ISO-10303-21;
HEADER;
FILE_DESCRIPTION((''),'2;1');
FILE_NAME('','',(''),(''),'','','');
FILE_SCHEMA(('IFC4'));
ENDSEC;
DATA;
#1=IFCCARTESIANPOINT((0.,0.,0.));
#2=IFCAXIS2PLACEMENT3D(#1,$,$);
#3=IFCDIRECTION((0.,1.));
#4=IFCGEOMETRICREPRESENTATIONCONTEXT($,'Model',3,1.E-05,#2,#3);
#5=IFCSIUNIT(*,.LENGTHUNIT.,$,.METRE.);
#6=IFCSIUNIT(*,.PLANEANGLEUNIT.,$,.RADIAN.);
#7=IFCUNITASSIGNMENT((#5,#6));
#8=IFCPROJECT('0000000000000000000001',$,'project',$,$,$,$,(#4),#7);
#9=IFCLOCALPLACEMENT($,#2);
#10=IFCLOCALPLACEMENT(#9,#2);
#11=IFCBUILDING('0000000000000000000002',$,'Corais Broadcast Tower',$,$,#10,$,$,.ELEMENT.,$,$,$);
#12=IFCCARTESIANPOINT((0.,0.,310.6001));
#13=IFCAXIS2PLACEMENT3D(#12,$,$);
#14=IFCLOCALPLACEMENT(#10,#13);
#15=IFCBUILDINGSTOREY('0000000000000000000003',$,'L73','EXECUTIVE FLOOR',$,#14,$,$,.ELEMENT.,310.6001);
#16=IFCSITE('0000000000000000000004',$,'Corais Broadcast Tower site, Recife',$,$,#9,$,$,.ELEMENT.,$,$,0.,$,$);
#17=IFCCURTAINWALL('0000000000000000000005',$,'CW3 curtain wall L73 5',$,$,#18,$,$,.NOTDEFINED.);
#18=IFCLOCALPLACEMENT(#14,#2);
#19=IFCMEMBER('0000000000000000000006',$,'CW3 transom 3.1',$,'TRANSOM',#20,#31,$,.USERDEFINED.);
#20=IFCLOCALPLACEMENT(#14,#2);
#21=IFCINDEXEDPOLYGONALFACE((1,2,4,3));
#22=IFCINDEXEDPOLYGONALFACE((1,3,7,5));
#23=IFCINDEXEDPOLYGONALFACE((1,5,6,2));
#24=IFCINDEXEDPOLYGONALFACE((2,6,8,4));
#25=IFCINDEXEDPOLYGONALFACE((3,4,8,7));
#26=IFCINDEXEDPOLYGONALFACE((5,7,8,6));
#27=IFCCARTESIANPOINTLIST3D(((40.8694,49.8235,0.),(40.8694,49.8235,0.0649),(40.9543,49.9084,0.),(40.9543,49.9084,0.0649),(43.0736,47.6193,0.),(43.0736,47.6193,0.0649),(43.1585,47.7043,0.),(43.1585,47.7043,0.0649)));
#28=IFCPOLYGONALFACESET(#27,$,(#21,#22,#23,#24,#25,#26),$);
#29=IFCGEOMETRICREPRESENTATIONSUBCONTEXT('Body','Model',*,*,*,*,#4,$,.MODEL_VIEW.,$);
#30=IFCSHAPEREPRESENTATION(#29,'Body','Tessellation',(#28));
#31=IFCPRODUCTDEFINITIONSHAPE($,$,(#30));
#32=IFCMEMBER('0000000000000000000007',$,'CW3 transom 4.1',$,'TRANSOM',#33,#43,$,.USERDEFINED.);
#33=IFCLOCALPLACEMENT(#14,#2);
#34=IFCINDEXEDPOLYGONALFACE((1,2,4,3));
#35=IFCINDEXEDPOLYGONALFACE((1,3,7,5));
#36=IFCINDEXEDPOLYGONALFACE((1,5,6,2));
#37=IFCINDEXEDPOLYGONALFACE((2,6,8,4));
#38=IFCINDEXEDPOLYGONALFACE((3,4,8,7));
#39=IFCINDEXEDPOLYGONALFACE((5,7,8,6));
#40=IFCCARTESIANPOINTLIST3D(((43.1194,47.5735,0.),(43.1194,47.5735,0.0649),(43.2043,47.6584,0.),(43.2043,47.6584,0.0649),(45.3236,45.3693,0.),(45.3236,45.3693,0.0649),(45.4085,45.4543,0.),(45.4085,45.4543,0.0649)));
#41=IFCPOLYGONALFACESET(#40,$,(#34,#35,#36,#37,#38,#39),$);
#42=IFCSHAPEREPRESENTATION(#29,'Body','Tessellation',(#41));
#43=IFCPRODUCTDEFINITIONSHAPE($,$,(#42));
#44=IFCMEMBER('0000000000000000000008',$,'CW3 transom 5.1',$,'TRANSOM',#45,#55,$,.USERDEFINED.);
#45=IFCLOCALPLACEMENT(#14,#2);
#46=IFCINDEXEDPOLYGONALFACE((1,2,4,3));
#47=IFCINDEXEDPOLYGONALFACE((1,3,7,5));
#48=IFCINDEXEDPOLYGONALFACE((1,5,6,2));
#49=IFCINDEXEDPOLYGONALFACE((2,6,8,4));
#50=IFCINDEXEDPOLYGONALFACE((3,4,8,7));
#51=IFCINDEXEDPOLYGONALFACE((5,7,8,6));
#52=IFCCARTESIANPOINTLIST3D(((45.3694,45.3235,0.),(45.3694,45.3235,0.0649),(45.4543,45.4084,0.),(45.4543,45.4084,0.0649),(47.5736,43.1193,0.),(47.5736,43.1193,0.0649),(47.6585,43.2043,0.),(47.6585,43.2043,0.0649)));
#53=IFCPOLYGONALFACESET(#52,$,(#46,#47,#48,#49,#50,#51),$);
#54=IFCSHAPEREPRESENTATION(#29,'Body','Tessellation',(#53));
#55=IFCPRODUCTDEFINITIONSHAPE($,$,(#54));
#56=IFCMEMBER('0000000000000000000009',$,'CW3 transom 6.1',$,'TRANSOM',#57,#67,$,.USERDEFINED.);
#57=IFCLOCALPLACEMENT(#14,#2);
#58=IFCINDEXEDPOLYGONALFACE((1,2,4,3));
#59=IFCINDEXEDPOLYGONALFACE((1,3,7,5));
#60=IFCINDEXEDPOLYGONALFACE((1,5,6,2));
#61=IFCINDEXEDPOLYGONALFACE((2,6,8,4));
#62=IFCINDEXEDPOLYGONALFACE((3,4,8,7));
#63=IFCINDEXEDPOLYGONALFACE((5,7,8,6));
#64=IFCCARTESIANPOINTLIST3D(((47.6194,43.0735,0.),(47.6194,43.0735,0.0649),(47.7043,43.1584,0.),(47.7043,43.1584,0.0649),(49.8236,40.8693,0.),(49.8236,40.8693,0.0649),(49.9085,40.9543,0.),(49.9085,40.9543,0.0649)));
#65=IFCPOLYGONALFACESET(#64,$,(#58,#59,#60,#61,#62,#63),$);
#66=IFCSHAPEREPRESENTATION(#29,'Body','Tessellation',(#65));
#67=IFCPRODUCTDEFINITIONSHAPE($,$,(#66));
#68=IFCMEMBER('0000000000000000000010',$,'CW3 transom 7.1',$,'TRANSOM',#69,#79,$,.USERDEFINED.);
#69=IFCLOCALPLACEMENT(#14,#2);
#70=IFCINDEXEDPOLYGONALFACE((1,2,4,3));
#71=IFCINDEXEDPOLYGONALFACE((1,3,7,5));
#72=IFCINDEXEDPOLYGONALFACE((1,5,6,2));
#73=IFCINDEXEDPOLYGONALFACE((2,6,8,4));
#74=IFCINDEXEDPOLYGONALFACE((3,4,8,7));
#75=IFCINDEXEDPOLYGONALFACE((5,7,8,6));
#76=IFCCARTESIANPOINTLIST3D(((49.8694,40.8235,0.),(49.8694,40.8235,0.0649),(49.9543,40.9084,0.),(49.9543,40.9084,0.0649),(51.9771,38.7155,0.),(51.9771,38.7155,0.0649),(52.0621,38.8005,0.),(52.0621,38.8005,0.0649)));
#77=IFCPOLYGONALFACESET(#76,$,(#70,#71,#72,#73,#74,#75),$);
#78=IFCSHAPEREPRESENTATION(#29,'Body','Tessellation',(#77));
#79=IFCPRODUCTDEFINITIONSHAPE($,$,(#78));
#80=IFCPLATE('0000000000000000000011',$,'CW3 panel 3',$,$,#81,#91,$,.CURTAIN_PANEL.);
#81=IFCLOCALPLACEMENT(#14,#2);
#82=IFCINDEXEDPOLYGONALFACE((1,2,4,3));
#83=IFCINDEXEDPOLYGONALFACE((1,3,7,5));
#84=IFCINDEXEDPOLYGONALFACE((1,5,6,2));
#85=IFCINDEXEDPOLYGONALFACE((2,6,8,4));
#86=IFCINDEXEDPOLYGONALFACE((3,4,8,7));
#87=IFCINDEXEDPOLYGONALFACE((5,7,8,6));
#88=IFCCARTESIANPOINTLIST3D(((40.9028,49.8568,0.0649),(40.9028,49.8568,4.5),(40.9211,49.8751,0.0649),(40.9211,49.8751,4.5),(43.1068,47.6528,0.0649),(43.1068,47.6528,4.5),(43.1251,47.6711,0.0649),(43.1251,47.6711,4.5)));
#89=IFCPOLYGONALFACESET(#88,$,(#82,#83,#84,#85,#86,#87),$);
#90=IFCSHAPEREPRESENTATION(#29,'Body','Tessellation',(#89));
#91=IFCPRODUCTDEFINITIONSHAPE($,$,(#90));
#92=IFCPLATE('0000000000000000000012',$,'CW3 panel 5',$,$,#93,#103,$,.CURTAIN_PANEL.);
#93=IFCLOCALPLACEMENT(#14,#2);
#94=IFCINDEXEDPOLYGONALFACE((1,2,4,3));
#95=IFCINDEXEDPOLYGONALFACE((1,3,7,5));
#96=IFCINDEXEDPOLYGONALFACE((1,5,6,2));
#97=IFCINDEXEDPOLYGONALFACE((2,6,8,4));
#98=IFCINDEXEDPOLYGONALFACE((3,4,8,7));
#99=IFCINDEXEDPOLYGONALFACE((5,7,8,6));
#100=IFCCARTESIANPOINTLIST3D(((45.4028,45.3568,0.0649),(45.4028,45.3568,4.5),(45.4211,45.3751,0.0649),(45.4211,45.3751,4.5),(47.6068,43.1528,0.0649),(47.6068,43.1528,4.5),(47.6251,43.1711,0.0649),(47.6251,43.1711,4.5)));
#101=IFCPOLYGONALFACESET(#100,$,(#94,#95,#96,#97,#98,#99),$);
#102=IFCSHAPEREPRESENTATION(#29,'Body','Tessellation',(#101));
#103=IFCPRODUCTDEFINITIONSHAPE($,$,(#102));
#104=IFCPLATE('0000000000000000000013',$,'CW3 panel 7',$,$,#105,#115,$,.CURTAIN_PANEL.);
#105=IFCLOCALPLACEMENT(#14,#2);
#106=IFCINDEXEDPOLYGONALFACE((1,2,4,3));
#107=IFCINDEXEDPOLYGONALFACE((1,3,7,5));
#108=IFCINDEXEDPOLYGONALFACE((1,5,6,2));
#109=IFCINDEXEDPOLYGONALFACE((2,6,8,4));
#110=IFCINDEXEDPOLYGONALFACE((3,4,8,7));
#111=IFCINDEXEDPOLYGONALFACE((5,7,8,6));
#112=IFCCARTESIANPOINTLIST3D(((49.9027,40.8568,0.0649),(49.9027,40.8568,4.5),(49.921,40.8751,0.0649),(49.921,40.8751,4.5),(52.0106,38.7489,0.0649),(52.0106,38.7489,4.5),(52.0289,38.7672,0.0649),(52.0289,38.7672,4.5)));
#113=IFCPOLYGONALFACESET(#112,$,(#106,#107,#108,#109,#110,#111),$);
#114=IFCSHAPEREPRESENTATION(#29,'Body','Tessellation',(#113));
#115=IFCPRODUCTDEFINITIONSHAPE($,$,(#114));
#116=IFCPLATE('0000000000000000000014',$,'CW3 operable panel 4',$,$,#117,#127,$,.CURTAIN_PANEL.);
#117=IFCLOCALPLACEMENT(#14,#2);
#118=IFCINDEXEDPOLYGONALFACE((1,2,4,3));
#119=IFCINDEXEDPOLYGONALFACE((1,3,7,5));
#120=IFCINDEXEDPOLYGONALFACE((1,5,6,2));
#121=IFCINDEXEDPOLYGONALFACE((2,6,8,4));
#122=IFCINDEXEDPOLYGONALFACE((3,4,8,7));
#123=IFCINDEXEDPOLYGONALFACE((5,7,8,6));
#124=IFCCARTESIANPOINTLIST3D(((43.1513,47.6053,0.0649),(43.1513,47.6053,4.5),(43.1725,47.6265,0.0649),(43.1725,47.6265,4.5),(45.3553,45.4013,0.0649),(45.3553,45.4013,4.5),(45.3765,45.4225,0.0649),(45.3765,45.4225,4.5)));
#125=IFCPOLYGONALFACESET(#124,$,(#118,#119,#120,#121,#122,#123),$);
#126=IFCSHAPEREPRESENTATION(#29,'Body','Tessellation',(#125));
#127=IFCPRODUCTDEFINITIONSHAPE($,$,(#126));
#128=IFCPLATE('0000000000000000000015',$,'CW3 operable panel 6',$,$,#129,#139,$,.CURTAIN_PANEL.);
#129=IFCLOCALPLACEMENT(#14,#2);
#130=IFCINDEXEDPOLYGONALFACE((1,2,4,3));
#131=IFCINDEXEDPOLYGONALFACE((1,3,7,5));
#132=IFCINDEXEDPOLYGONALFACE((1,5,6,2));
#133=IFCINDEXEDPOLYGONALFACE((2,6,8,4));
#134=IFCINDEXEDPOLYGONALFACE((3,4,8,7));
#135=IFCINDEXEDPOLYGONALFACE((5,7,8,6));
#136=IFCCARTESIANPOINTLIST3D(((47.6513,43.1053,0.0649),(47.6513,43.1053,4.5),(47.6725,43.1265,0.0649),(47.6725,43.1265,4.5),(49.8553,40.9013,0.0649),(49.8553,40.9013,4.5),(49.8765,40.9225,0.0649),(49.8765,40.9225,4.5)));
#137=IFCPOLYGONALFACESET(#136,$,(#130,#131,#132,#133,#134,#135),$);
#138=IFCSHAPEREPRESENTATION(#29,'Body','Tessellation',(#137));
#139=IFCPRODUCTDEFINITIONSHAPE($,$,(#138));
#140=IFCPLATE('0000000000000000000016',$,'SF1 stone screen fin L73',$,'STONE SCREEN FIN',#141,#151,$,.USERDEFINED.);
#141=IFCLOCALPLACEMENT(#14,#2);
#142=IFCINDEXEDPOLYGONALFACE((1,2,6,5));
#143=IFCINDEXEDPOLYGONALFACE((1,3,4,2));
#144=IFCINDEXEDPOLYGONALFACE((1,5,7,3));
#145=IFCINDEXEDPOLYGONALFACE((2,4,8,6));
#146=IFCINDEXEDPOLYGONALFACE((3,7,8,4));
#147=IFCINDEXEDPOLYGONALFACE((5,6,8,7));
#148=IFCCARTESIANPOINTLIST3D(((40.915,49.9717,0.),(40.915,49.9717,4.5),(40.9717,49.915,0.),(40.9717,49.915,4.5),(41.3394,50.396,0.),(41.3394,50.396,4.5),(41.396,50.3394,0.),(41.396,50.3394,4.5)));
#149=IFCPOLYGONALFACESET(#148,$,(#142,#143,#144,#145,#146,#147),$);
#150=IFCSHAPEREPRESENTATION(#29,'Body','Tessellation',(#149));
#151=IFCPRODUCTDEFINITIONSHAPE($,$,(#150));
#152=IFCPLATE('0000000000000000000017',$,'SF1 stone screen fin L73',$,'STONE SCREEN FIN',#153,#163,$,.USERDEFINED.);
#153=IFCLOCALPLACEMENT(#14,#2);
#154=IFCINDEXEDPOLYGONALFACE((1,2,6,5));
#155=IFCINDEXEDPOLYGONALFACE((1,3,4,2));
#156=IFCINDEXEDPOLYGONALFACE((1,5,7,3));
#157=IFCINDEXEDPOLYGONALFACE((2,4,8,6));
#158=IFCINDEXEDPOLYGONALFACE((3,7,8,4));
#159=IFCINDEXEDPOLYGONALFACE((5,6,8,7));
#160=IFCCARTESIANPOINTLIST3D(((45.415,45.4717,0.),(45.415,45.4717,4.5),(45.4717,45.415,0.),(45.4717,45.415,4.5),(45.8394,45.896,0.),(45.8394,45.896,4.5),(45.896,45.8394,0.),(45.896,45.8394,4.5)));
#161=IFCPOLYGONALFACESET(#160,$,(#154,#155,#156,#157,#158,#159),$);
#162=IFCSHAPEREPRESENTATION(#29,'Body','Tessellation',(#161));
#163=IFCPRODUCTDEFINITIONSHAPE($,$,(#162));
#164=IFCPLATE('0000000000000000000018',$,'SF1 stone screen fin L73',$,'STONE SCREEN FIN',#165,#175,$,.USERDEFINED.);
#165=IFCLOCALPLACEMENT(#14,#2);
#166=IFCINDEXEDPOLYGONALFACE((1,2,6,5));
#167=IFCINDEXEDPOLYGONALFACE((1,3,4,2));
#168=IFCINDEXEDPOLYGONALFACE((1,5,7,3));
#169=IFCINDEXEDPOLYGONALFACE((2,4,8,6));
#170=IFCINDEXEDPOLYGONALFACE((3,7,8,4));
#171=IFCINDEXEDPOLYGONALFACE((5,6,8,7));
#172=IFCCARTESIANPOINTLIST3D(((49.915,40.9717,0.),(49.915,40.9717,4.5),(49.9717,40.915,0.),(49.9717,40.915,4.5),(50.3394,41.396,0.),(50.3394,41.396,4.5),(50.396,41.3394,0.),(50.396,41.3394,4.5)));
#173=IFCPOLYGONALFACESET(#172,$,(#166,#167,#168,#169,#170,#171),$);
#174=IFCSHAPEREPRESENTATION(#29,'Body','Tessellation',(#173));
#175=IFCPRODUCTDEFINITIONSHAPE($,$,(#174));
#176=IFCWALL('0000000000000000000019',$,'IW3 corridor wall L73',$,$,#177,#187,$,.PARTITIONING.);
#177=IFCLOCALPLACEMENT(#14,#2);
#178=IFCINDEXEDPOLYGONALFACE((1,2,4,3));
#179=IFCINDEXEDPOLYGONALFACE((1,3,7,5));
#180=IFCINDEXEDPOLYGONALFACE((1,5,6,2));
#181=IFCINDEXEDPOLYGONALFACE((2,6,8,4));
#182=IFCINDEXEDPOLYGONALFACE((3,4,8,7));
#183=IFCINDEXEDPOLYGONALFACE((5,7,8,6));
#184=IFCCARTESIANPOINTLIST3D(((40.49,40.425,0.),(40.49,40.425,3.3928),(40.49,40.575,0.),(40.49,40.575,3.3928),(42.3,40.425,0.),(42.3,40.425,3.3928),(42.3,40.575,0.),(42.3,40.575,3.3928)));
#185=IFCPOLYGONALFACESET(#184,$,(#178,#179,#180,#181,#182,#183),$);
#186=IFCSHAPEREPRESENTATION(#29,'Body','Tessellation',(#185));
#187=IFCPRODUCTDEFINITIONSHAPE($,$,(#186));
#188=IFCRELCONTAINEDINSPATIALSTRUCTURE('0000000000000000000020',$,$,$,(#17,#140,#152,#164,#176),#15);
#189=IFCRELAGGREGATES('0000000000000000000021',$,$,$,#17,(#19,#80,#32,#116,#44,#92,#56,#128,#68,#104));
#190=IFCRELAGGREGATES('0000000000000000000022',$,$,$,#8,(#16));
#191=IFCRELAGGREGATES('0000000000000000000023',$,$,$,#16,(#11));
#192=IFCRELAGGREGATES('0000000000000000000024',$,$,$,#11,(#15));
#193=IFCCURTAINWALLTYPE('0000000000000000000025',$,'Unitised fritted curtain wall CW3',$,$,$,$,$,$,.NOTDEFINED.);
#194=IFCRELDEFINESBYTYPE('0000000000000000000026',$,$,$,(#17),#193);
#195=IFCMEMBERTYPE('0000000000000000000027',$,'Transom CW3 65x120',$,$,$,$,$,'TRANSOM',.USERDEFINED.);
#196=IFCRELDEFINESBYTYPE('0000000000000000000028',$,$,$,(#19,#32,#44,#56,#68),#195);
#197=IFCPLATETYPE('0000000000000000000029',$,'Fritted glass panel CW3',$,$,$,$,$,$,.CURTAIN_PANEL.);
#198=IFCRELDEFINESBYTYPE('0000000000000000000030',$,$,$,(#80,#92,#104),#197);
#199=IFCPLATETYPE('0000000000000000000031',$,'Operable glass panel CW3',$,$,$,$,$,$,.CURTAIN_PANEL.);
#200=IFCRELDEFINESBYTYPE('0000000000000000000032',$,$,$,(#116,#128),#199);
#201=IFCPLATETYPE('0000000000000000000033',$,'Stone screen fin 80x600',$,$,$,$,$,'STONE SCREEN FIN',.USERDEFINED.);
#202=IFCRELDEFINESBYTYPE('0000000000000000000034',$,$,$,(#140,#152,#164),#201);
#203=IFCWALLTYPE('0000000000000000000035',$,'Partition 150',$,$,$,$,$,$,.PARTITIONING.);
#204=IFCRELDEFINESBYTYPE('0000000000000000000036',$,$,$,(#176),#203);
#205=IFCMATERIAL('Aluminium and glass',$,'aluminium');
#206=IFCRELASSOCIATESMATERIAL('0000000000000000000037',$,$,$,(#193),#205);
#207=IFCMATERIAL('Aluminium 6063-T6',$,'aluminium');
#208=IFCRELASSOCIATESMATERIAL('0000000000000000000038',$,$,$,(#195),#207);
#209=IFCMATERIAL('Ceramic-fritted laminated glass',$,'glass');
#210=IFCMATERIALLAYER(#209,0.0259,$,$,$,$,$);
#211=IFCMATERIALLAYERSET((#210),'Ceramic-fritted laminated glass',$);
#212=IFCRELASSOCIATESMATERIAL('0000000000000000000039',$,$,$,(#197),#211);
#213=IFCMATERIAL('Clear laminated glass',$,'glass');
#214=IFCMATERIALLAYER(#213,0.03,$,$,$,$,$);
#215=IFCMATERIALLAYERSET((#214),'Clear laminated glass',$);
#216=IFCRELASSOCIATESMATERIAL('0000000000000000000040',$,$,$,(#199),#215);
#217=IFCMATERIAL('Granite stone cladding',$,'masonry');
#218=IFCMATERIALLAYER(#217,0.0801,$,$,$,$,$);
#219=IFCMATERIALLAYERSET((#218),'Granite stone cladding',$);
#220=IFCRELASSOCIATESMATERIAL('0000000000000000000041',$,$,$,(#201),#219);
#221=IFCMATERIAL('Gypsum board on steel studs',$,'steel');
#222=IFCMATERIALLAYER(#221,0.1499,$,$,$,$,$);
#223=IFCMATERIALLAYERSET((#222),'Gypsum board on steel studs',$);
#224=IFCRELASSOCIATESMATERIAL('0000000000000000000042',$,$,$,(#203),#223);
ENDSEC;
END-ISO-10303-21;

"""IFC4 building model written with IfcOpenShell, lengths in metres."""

from ifc_helpers import new_model, si_unit, direction, frame, frame_2d, origin, origin_2d, place, context, subcontext, project, spatial, rectangle, extrude, material, layer, layer_set, material_profile, profile_set, type_object, element, aggregate, save


model = new_model("IFC4")

# Units and contexts
model_context = context("Model", 3, precision=1e-05, world=origin(), true_north=direction((0.0, 1.0)))
body_context = subcontext(model_context, "Body", "Model", "MODEL_VIEW")
ifc_project = project(units=[si_unit("LENGTHUNIT", "METRE"), si_unit("PLANEANGLEUNIT", "RADIAN")], contexts=[model_context])

# Site, building, storey
site_placement = place(None, origin())
site = spatial("IfcSite", under=ifc_project, at=site_placement, Name="Corais Broadcast Tower site, Recife", CompositionType="ELEMENT", RefElevation=0.0)
building_placement = place(site_placement, origin())
building = spatial("IfcBuilding", under=site, at=building_placement, Name="Corais Broadcast Tower", CompositionType="ELEMENT")
storey_placement = place(building_placement, frame((0.0, 0.0, 310.6001)))
storey = spatial("IfcBuildingStorey", under=building, at=storey_placement, Name="L73", Description="EXECUTIVE FLOOR", CompositionType="ELEMENT", Elevation=310.6001)

# Curtain wall
ifc_material_1 = material(Name="Aluminium and glass", Category="aluminium")
curtain_wall_type = type_object("IfcCurtainWallType", Name="Unitised fritted curtain wall CW3", PredefinedType="NOTDEFINED", material=ifc_material_1)
curtain_wall_placement = place(storey_placement, origin())
curtain_wall = element("IfcCurtainWall", 1, at=curtain_wall_placement, inside=storey, type_object=curtain_wall_type, Name="CW3 curtain wall L73 5", PredefinedType="NOTDEFINED")

# Members
ifc_material_2 = material(Name="Aluminium 6063-T6", Category="aluminium")
ifc_material_profile_1 = material_profile(ifc_material_2, rectangle(XDim=0.1201, YDim=0.0649, at=origin_2d()), Name="Transom CW3 65x120")
ifc_profile_set_1 = profile_set([ifc_material_profile_1], Name="Aluminium 6063-T6")
member_type_1 = type_object("IfcMemberType", Name="Transom CW3 65x120", ElementType="TRANSOM", PredefinedType="USERDEFINED", material=ifc_profile_set_1)
member_1_placement = place(storey_placement, frame((40.9119, 49.866, 0.0325), z_axis=(0.707107, -0.707107, 0.0), x_axis=(0.707107, 0.707107, 0.0)))
member_1 = element("IfcMember", 2, at=member_1_placement, type_object=member_type_1, Name="CW3 transom 3.1", ObjectType="TRANSOM", PredefinedType="USERDEFINED", context=body_context, shape_type="SweptSolid", body=[
    extrude(rectangle(XDim=0.1201, YDim=0.0649, at=origin_2d()), origin(), (0.0, 0.0, 1.0), 3.1172),
])
member_2_placement = place(storey_placement, frame((43.1619, 47.616, 0.0325), z_axis=(0.707107, -0.707107, 0.0), x_axis=(0.707107, 0.707107, 0.0)))
member_2 = element("IfcMember", 3, at=member_2_placement, type_object=member_type_1, Name="CW3 transom 4.1", ObjectType="TRANSOM", PredefinedType="USERDEFINED", context=body_context, shape_type="SweptSolid", body=[
    extrude(rectangle(XDim=0.1201, YDim=0.0649, at=origin_2d()), origin(), (0.0, 0.0, 1.0), 3.1172),
])
member_3_placement = place(storey_placement, frame((45.4119, 45.366, 0.0325), z_axis=(0.707107, -0.707107, 0.0), x_axis=(0.707107, 0.707107, 0.0)))
member_3 = element("IfcMember", 4, at=member_3_placement, type_object=member_type_1, Name="CW3 transom 5.1", ObjectType="TRANSOM", PredefinedType="USERDEFINED", context=body_context, shape_type="SweptSolid", body=[
    extrude(rectangle(XDim=0.1201, YDim=0.0649, at=origin_2d()), origin(), (0.0, 0.0, 1.0), 3.1172),
])
member_4_placement = place(storey_placement, frame((47.6619, 43.116, 0.0325), z_axis=(0.707107, -0.707107, 0.0), x_axis=(0.707107, 0.707107, 0.0)))
member_4 = element("IfcMember", 5, at=member_4_placement, type_object=member_type_1, Name="CW3 transom 6.1", ObjectType="TRANSOM", PredefinedType="USERDEFINED", context=body_context, shape_type="SweptSolid", body=[
    extrude(rectangle(XDim=0.1201, YDim=0.0649, at=origin_2d()), origin(), (0.0, 0.0, 1.0), 3.1172),
])
member_5_placement = place(storey_placement, frame((49.9119, 40.866, 0.0325), z_axis=(0.707066, -0.707148, 0.0), x_axis=(0.707148, 0.707066, 0.0)))
member_5 = element("IfcMember", 6, at=member_5_placement, type_object=member_type_1, Name="CW3 transom 7.1", ObjectType="TRANSOM", PredefinedType="USERDEFINED", context=body_context, shape_type="SweptSolid", body=[
    extrude(rectangle(XDim=0.1201, YDim=0.0649, at=origin_2d()), origin(), (0.0, 0.0, 1.0), 2.981),
])

# Plates
ifc_material_3 = material(Name="Ceramic-fritted laminated glass", Category="glass")
ifc_layer_1 = layer(ifc_material_3, 0.0259)
ifc_layer_set_1 = layer_set([ifc_layer_1], Name="Ceramic-fritted laminated glass")
plate_type_1 = type_object("IfcPlateType", Name="Fritted glass panel CW3", PredefinedType="CURTAIN_PANEL", material=ifc_layer_set_1)
plate_1_placement = place(storey_placement, frame((42.0139, 48.7639, 0.0649), z_axis=(0.0, 0.0, 1.0), x_axis=(0.707107, -0.707107, 0.0)))
plate_1 = element("IfcPlate", 7, at=plate_1_placement, type_object=plate_type_1, Name="CW3 panel 3", PredefinedType="CURTAIN_PANEL", context=body_context, shape_type="SweptSolid", body=[
    extrude(rectangle(XDim=3.1169, YDim=0.0259, at=origin_2d()), origin(), (0.0, 0.0, 1.0), 4.4351),
])
plate_2_placement = place(storey_placement, frame((46.5139, 44.2639, 0.0649), z_axis=(0.0, 0.0, 1.0), x_axis=(0.707107, -0.707107, 0.0)))
plate_2 = element("IfcPlate", 8, at=plate_2_placement, type_object=plate_type_1, Name="CW3 panel 5", PredefinedType="CURTAIN_PANEL", context=body_context, shape_type="SweptSolid", body=[
    extrude(rectangle(XDim=3.1169, YDim=0.0259, at=origin_2d()), origin(), (0.0, 0.0, 1.0), 4.4351),
])
plate_3_placement = place(storey_placement, frame((50.9658, 39.812, 0.0649), z_axis=(0.0, 0.0, 1.0), x_axis=(0.707107, -0.707107, 0.0)))
plate_3 = element("IfcPlate", 9, at=plate_3_placement, type_object=plate_type_1, Name="CW3 panel 7", PredefinedType="CURTAIN_PANEL", context=body_context, shape_type="SweptSolid", body=[
    extrude(rectangle(XDim=2.981, YDim=0.0259, at=origin_2d()), origin(), (0.0, 0.0, 1.0), 4.4351),
])
ifc_material_4 = material(Name="Clear laminated glass", Category="glass")
ifc_layer_2 = layer(ifc_material_4, 0.03)
ifc_layer_set_2 = layer_set([ifc_layer_2], Name="Clear laminated glass")
plate_type_2 = type_object("IfcPlateType", Name="Operable glass panel CW3", PredefinedType="CURTAIN_PANEL", material=ifc_layer_set_2)
plate_4_placement = place(storey_placement, frame((44.2639, 46.5139, 0.0649), z_axis=(0.0, 0.0, 1.0), x_axis=(0.707107, -0.707107, 0.0)))
plate_4 = element("IfcPlate", 10, at=plate_4_placement, type_object=plate_type_2, Name="CW3 operable panel 4", PredefinedType="CURTAIN_PANEL", context=body_context, shape_type="SweptSolid", body=[
    extrude(rectangle(XDim=3.1169, YDim=0.03, at=origin_2d()), origin(), (0.0, 0.0, 1.0), 4.4351),
])
plate_5_placement = place(storey_placement, frame((48.7639, 42.0139, 0.0649), z_axis=(0.0, 0.0, 1.0), x_axis=(0.707107, -0.707107, 0.0)))
plate_5 = element("IfcPlate", 11, at=plate_5_placement, type_object=plate_type_2, Name="CW3 operable panel 6", PredefinedType="CURTAIN_PANEL", context=body_context, shape_type="SweptSolid", body=[
    extrude(rectangle(XDim=3.1169, YDim=0.03, at=origin_2d()), origin(), (0.0, 0.0, 1.0), 4.4351),
])
aggregate(curtain_wall, [member_1, plate_1, member_2, plate_4, member_3, plate_2, member_4, plate_5, member_5, plate_3])

# Plates
ifc_material_5 = material(Name="Granite stone cladding", Category="masonry")
ifc_layer_3 = layer(ifc_material_5, 0.0801)
ifc_layer_set_3 = layer_set([ifc_layer_3], Name="Granite stone cladding")
plate_type_3 = type_object("IfcPlateType", Name="Stone screen fin 80x600", ElementType="STONE SCREEN FIN", PredefinedType="USERDEFINED", material=ifc_layer_set_3)
for number, where, z_axis, x_axis, name in (
    (12, (41.1555, 50.1555, 0.0), (0.0, 0.0, 1.0), (0.707107, -0.707107, 0.0), "SF1 stone screen fin L73"),
    (13, (45.6555, 45.6555, 0.0), (0.0, 0.0, 1.0), (0.707107, -0.707107, 0.0), "SF1 stone screen fin L73"),
    (14, (50.1555, 41.1555, 0.0), (0.0, 0.0, 1.0), (0.707107, -0.707107, 0.0), "SF1 stone screen fin L73"),
):
    element("IfcPlate", number, at=place(storey_placement, frame(where, z_axis=z_axis, x_axis=x_axis)), inside=storey, type_object=plate_type_3, Name=name, ObjectType="STONE SCREEN FIN", PredefinedType="USERDEFINED", context=body_context, shape_type="SweptSolid", body=[
        extrude(rectangle(XDim=0.0801, YDim=0.6001, at=origin_2d()), origin(), (0.0, 0.0, 1.0), 4.5),
    ])

# Wall
ifc_material_6 = material(Name="Gypsum board on steel studs", Category="steel")
ifc_layer_4 = layer(ifc_material_6, 0.1499)
ifc_layer_set_4 = layer_set([ifc_layer_4], Name="Gypsum board on steel studs")
wall_type = type_object("IfcWallType", Name="Partition 150", PredefinedType="PARTITIONING", material=ifc_layer_set_4)
wall_placement = place(storey_placement, frame((42.3, 40.5, 0.0), z_axis=(0.0, 0.0, 1.0), x_axis=(-1.0, 0.0, 0.0)))
element("IfcWall", 15, at=wall_placement, inside=storey, type_object=wall_type, Name="IW3 corridor wall L73", PredefinedType="PARTITIONING", context=body_context, shape_type="SweptSolid", body=[
    extrude(rectangle(XDim=1.8101, YDim=0.1499, at=frame_2d((0.905, 0.0))), origin(), (0.0, 0.0, 1.0), 3.3928),
])

save(model, "model.ifc")
